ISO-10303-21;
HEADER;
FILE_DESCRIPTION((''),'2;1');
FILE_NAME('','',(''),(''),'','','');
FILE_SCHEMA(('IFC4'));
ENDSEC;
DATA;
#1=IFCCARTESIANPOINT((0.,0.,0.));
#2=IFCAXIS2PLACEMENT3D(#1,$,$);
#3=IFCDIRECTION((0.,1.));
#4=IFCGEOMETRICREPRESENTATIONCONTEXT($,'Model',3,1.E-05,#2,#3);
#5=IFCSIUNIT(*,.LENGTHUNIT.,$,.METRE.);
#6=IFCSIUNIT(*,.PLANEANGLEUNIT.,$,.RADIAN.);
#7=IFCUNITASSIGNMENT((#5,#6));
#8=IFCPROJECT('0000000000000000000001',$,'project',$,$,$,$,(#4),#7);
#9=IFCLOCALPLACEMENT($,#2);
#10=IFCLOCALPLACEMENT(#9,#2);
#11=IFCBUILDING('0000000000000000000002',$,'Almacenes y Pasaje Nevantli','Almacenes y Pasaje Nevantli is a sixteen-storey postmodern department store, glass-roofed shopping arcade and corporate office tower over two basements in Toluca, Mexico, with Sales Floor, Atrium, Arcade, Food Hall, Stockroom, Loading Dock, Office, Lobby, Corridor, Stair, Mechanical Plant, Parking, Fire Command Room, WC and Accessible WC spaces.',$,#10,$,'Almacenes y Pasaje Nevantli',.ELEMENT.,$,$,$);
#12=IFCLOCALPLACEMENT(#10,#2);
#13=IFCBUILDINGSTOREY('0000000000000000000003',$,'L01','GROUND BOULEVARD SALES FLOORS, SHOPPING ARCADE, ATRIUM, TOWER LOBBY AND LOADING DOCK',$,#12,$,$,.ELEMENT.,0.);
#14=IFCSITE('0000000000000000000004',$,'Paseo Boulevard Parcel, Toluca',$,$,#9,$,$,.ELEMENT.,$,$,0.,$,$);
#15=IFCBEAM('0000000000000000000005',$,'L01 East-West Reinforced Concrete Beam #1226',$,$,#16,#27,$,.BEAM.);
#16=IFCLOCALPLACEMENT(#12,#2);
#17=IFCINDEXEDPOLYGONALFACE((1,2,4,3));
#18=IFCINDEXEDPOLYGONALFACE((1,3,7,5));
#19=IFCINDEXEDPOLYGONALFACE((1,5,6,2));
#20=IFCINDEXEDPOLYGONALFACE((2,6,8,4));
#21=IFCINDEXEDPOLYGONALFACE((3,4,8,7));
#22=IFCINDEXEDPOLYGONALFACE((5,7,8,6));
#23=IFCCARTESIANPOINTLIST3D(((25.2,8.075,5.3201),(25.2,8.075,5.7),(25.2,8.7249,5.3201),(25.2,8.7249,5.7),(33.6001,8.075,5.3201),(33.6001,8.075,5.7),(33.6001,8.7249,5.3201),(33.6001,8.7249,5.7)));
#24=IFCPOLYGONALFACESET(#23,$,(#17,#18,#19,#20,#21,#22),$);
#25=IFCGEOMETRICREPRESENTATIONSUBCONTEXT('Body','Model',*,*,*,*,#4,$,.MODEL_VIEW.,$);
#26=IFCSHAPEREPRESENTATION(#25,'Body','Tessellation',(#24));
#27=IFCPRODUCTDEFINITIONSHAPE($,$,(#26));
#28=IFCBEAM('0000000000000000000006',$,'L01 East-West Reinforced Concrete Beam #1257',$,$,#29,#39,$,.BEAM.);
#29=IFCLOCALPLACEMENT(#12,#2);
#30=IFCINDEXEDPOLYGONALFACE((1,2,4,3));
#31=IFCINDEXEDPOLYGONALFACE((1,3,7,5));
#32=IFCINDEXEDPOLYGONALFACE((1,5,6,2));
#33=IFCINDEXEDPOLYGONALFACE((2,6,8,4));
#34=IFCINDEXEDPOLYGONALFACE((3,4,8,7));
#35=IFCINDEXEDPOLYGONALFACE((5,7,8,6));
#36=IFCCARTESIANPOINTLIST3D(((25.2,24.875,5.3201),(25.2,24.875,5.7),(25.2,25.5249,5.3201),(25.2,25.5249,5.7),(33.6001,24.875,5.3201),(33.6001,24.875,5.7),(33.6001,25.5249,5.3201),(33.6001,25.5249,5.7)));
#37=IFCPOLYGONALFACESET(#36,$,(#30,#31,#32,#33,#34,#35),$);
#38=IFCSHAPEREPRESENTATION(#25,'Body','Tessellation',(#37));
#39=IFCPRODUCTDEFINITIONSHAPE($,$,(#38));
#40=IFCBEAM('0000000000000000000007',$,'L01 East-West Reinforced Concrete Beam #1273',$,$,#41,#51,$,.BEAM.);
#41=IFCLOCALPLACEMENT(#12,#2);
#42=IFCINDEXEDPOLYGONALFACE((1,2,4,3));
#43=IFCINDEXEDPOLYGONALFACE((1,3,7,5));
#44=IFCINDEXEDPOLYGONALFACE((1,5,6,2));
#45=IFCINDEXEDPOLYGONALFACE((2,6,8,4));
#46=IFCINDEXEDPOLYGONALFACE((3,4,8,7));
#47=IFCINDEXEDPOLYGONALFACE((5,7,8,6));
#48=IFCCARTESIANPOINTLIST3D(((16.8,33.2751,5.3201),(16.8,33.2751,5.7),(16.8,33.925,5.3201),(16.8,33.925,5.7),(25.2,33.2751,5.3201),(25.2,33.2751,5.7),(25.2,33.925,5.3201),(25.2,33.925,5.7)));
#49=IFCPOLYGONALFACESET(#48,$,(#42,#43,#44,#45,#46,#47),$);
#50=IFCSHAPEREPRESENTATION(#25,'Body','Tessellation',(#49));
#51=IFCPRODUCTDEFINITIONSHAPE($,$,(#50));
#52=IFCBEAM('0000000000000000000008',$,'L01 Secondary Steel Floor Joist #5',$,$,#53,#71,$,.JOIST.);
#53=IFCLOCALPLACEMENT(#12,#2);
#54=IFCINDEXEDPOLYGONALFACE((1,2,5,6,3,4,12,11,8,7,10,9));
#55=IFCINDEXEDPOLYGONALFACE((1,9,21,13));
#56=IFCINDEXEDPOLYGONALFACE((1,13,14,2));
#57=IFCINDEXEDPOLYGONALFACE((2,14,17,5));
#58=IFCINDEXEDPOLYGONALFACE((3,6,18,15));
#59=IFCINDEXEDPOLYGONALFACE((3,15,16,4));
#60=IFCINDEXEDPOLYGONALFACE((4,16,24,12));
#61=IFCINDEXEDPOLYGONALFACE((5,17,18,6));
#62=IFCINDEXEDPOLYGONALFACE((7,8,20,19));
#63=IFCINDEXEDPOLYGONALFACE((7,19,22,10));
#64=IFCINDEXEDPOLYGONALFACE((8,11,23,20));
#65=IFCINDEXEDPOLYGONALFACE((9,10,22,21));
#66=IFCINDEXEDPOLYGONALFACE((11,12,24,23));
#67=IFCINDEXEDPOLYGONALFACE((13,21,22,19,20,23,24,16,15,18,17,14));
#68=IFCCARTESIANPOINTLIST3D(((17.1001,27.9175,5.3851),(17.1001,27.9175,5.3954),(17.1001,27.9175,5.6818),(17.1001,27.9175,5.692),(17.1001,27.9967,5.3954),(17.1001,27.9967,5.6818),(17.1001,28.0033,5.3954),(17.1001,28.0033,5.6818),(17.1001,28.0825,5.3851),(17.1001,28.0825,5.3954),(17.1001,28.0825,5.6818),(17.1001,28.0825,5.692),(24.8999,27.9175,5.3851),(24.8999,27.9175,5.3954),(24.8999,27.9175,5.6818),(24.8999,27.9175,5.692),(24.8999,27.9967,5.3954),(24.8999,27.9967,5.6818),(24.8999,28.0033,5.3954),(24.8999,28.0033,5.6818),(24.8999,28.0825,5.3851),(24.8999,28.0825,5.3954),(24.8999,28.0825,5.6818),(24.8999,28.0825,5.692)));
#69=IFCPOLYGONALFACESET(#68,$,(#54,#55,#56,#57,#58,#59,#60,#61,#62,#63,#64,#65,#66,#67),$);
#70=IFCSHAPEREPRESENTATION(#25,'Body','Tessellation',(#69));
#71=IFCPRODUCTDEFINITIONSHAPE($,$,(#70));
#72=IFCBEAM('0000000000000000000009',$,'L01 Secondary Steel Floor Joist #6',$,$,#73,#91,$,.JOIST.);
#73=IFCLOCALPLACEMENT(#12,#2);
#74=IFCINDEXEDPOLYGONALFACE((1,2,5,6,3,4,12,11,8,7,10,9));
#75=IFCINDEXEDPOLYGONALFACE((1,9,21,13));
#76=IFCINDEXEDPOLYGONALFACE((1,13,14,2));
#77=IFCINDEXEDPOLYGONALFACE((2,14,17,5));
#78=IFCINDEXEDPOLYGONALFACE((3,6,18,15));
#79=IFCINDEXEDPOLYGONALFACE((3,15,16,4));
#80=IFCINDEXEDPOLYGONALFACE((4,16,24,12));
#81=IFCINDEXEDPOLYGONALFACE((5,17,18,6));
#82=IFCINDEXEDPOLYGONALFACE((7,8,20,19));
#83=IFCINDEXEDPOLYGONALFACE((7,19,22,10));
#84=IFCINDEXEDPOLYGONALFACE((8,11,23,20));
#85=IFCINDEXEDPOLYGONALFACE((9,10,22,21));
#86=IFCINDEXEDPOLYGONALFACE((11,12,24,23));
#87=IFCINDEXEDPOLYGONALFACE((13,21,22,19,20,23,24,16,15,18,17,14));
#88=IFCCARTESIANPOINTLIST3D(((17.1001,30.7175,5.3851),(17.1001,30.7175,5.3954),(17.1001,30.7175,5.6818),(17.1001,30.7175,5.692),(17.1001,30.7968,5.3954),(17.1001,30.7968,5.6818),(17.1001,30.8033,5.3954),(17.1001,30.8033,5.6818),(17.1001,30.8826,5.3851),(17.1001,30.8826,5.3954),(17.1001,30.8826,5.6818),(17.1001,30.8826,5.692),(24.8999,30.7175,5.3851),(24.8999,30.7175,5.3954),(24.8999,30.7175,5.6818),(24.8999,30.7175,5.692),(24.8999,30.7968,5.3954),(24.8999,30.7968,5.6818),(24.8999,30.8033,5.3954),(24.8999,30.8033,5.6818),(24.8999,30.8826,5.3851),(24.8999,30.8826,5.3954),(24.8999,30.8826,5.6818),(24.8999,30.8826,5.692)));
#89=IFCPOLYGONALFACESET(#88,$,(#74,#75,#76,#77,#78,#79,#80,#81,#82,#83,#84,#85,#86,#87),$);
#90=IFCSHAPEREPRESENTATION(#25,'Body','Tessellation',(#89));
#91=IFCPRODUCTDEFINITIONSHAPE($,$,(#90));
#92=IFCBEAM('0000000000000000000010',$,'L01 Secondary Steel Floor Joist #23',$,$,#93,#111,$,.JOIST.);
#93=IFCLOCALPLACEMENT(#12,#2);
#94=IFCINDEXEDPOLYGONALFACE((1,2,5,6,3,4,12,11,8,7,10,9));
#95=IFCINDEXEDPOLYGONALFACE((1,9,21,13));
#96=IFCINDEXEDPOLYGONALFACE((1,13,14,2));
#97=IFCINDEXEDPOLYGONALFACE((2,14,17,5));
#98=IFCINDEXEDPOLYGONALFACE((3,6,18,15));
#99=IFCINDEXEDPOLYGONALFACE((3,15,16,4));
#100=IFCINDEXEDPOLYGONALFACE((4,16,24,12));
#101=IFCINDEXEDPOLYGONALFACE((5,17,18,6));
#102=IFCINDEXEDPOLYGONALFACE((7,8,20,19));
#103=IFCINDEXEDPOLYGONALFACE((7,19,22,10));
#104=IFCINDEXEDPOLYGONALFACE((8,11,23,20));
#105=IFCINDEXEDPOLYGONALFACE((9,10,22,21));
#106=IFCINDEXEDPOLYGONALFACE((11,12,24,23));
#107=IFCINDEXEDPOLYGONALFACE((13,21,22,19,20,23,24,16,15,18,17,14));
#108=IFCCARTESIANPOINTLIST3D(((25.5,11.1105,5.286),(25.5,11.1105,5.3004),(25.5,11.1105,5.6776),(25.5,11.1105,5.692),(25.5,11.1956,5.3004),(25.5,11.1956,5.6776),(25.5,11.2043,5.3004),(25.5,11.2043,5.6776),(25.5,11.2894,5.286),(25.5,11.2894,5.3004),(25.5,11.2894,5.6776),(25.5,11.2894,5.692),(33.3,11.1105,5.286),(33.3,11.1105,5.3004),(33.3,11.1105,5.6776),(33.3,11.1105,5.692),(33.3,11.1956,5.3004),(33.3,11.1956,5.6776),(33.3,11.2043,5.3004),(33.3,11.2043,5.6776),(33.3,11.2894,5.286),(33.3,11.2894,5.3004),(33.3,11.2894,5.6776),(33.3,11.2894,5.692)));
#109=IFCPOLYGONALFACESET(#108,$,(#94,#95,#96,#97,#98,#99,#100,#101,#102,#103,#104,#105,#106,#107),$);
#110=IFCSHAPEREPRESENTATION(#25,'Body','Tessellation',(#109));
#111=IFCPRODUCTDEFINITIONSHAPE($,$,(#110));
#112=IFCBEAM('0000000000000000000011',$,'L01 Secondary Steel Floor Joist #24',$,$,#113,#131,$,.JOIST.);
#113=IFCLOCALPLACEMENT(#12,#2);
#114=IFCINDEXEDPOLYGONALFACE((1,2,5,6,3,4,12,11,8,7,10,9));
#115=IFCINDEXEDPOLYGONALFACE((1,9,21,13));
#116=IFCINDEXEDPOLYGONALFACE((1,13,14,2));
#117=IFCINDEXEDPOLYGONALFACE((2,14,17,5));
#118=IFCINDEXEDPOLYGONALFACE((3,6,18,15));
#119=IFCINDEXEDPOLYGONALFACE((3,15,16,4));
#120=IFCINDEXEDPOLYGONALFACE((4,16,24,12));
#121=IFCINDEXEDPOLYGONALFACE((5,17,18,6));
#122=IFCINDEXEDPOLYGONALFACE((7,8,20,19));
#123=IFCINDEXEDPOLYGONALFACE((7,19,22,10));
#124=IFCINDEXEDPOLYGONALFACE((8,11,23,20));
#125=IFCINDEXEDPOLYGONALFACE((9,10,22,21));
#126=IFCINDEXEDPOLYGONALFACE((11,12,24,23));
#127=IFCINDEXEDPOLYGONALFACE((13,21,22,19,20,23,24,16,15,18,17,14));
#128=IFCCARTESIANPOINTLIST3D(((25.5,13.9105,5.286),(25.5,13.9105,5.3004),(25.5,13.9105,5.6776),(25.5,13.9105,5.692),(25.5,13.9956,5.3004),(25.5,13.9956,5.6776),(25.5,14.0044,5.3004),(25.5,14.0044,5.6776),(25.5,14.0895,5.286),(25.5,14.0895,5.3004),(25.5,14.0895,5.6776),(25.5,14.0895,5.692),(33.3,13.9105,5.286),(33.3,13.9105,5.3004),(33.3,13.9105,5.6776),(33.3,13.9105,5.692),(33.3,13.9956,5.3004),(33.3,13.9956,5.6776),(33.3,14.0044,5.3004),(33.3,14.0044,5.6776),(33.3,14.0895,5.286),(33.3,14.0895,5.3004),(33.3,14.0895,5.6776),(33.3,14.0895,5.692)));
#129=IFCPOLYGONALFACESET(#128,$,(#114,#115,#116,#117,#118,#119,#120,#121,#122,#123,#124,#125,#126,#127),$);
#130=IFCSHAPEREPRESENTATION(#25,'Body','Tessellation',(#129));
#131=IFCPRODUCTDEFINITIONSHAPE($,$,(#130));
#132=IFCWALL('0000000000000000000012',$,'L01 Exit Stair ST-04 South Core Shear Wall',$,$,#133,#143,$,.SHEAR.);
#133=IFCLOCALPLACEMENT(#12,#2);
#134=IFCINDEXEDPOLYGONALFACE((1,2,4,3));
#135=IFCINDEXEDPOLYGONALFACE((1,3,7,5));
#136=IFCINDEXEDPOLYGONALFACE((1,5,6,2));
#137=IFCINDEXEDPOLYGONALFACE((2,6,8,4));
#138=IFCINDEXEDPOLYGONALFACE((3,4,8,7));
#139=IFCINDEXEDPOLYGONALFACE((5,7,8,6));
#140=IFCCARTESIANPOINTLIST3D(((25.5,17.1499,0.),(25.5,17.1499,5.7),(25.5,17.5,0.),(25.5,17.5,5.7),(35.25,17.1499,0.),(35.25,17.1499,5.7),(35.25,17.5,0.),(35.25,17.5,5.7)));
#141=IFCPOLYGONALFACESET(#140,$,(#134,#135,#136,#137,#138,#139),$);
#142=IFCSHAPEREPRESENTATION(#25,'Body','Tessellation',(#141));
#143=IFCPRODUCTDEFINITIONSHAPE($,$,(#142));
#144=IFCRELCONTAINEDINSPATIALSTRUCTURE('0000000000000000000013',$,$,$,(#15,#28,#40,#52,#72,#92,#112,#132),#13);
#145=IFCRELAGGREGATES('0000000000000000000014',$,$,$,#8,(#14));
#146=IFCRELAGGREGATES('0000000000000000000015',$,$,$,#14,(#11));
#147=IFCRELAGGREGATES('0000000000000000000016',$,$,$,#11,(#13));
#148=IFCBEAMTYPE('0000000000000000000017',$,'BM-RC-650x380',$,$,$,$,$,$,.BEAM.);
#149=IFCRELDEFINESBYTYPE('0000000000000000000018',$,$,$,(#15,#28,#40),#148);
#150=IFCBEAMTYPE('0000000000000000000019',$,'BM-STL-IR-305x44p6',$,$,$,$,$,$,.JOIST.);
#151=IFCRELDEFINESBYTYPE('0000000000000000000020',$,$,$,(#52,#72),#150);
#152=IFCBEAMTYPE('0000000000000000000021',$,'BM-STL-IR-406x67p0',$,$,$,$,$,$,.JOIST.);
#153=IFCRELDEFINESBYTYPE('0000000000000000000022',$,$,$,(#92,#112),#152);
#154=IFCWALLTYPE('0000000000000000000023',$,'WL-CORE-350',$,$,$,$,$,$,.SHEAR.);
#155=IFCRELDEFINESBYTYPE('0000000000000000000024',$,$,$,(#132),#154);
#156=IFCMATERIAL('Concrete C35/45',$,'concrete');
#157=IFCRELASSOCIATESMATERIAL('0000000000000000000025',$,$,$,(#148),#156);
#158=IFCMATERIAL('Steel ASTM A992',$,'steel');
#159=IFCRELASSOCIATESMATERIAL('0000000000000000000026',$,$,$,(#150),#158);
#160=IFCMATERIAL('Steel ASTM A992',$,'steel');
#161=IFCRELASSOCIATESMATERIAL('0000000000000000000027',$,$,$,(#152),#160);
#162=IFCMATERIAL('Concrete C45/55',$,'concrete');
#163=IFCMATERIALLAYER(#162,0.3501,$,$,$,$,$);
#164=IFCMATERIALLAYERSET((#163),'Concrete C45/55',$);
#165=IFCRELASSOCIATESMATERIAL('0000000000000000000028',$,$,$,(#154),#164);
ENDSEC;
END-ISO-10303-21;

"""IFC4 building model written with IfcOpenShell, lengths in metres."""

from ifc_helpers import new_model, si_unit, direction, frame, frame_2d, origin, origin_2d, place, context, subcontext, project, spatial, rectangle, i_section, extrude, material, layer, layer_set, material_profile, profile_set, type_object, element, save


model = new_model("IFC4")

# Units and contexts
model_context = context("Model", 3, precision=1e-05, world=origin(), true_north=direction((0.0, 1.0)))
body_context = subcontext(model_context, "Body", "Model", "MODEL_VIEW")
ifc_project = project(units=[si_unit("LENGTHUNIT", "METRE"), si_unit("PLANEANGLEUNIT", "RADIAN")], contexts=[model_context])

# Site, building, storey
site_placement = place(None, origin())
site = spatial("IfcSite", under=ifc_project, at=site_placement, Name="Paseo Boulevard Parcel, Toluca", CompositionType="ELEMENT", RefElevation=0.0)
building_placement = place(site_placement, origin())
building = spatial("IfcBuilding", under=site, at=building_placement, Name="Almacenes y Pasaje Nevantli", Description="Almacenes y Pasaje Nevantli is a sixteen-storey postmodern department store, glass-roofed shopping arcade and corporate office tower over two basements in Toluca, Mexico, with Sales Floor, Atrium, Arcade, Food Hall, Stockroom, Loading Dock, Office, Lobby, Corridor, Stair, Mechanical Plant, Parking, Fire Command Room, WC and Accessible WC spaces.", LongName="Almacenes y Pasaje Nevantli", CompositionType="ELEMENT")
storey_placement = place(building_placement, origin())
storey = spatial("IfcBuildingStorey", under=building, at=storey_placement, Name="L01", Description="GROUND BOULEVARD SALES FLOORS, SHOPPING ARCADE, ATRIUM, TOWER LOBBY AND LOADING DOCK", CompositionType="ELEMENT", Elevation=0.0)

# Beams
ifc_material_1 = material(Name="Concrete C35/45", Category="concrete")
ifc_material_profile_1 = material_profile(ifc_material_1, rectangle(XDim=0.6499, YDim=0.3799, at=origin_2d()), Name="RC-BM-650x380")
ifc_profile_set_1 = profile_set([ifc_material_profile_1], Name="Concrete C35/45")
beam_type_1 = type_object("IfcBeamType", Name="BM-RC-650x380", PredefinedType="BEAM", material=ifc_profile_set_1)
for number, where, z_axis, x_axis, name in (
    (1, (25.2, 8.3999, 5.51), (1.0, 0.0, 0.0), (0.0, 1.0, 0.0), "L01 East-West Reinforced Concrete Beam #1226"),
    (2, (25.2, 25.2, 5.51), (1.0, 0.0, 0.0), (0.0, 1.0, 0.0), "L01 East-West Reinforced Concrete Beam #1257"),
):
    element("IfcBeam", number, at=place(storey_placement, frame(where, z_axis=z_axis, x_axis=x_axis)), inside=storey, type_object=beam_type_1, Name=name, PredefinedType="BEAM", context=body_context, shape_type="SweptSolid", body=[
        extrude(rectangle(XDim=0.6499, YDim=0.3799, at=origin_2d()), origin(), (0.0, 0.0, 1.0), 8.4001),
    ])
beam_1_placement = place(storey_placement, frame((16.8, 33.6001, 5.51), z_axis=(1.0, 0.0, 0.0), x_axis=(0.0, 1.0, 0.0)))
element("IfcBeam", 3, at=beam_1_placement, inside=storey, type_object=beam_type_1, Name="L01 East-West Reinforced Concrete Beam #1273", PredefinedType="BEAM", context=body_context, shape_type="SweptSolid", body=[
    extrude(rectangle(XDim=0.6499, YDim=0.3799, at=origin_2d()), origin(), (0.0, 0.0, 1.0), 8.3999),
])
ifc_material_2 = material(Name="Steel ASTM A992", Category="steel")
ifc_material_profile_2 = material_profile(ifc_material_2, i_section(OverallWidth=0.165, OverallDepth=0.3069, WebThickness=0.0066, FlangeThickness=0.0103, at=origin_2d()), Name="IR 305x44.6")
ifc_profile_set_2 = profile_set([ifc_material_profile_2], Name="Steel ASTM A992")
beam_type_2 = type_object("IfcBeamType", Name="BM-STL-IR-305x44p6", PredefinedType="JOIST", material=ifc_profile_set_2)
for number, where, z_axis, x_axis, name in (
    (4, (17.1001, 28.0, 5.5386), (1.0, 0.0, 0.0), (0.0, 1.0, 0.0), "L01 Secondary Steel Floor Joist #5"),
    (5, (17.1001, 30.8, 5.5386), (1.0, 0.0, 0.0), (0.0, 1.0, 0.0), "L01 Secondary Steel Floor Joist #6"),
):
    element("IfcBeam", number, at=place(storey_placement, frame(where, z_axis=z_axis, x_axis=x_axis)), inside=storey, type_object=beam_type_2, Name=name, PredefinedType="JOIST", context=body_context, shape_type="SweptSolid", body=[
        extrude(i_section(OverallWidth=0.165, OverallDepth=0.3069, WebThickness=0.0066, FlangeThickness=0.0103, at=origin_2d()), origin(), (0.0, 0.0, 1.0), 7.7998),
    ])
ifc_material_3 = material(Name="Steel ASTM A992", Category="steel")
ifc_material_profile_3 = material_profile(ifc_material_3, i_section(OverallWidth=0.179, OverallDepth=0.406, WebThickness=0.0088, FlangeThickness=0.0144, at=origin_2d()), Name="IR 406x67.0")
ifc_profile_set_3 = profile_set([ifc_material_profile_3], Name="Steel ASTM A992")
beam_type_3 = type_object("IfcBeamType", Name="BM-STL-IR-406x67p0", PredefinedType="JOIST", material=ifc_profile_set_3)
for number, where, z_axis, x_axis, name in (
    (6, (25.5, 11.2, 5.489), (1.0, 0.0, 0.0), (0.0, 1.0, 0.0), "L01 Secondary Steel Floor Joist #23"),
    (7, (25.5, 14.0, 5.489), (1.0, 0.0, 0.0), (0.0, 1.0, 0.0), "L01 Secondary Steel Floor Joist #24"),
):
    element("IfcBeam", number, at=place(storey_placement, frame(where, z_axis=z_axis, x_axis=x_axis)), inside=storey, type_object=beam_type_3, Name=name, PredefinedType="JOIST", context=body_context, shape_type="SweptSolid", body=[
        extrude(i_section(OverallWidth=0.179, OverallDepth=0.406, WebThickness=0.0088, FlangeThickness=0.0144, at=origin_2d()), origin(), (0.0, 0.0, 1.0), 7.8),
    ])

# Wall
ifc_material_4 = material(Name="Concrete C45/55", Category="concrete")
ifc_layer = layer(ifc_material_4, 0.3501)
ifc_layer_set = layer_set([ifc_layer], Name="Concrete C45/55")
wall_type = type_object("IfcWallType", Name="WL-CORE-350", PredefinedType="SHEAR", material=ifc_layer_set)
wall_placement = place(storey_placement, frame((25.5, 17.325, 0.0), z_axis=(0.0, 0.0, 1.0), x_axis=(1.0, 0.0, 0.0)))
element("IfcWall", 8, at=wall_placement, inside=storey, type_object=wall_type, Name="L01 Exit Stair ST-04 South Core Shear Wall", PredefinedType="SHEAR", context=body_context, shape_type="SweptSolid", body=[
    extrude(rectangle(XDim=9.75, YDim=0.3501, at=frame_2d((4.875, 0.0))), origin(), (0.0, 0.0, 1.0), 5.7),
])

save(model, "model.ifc")
